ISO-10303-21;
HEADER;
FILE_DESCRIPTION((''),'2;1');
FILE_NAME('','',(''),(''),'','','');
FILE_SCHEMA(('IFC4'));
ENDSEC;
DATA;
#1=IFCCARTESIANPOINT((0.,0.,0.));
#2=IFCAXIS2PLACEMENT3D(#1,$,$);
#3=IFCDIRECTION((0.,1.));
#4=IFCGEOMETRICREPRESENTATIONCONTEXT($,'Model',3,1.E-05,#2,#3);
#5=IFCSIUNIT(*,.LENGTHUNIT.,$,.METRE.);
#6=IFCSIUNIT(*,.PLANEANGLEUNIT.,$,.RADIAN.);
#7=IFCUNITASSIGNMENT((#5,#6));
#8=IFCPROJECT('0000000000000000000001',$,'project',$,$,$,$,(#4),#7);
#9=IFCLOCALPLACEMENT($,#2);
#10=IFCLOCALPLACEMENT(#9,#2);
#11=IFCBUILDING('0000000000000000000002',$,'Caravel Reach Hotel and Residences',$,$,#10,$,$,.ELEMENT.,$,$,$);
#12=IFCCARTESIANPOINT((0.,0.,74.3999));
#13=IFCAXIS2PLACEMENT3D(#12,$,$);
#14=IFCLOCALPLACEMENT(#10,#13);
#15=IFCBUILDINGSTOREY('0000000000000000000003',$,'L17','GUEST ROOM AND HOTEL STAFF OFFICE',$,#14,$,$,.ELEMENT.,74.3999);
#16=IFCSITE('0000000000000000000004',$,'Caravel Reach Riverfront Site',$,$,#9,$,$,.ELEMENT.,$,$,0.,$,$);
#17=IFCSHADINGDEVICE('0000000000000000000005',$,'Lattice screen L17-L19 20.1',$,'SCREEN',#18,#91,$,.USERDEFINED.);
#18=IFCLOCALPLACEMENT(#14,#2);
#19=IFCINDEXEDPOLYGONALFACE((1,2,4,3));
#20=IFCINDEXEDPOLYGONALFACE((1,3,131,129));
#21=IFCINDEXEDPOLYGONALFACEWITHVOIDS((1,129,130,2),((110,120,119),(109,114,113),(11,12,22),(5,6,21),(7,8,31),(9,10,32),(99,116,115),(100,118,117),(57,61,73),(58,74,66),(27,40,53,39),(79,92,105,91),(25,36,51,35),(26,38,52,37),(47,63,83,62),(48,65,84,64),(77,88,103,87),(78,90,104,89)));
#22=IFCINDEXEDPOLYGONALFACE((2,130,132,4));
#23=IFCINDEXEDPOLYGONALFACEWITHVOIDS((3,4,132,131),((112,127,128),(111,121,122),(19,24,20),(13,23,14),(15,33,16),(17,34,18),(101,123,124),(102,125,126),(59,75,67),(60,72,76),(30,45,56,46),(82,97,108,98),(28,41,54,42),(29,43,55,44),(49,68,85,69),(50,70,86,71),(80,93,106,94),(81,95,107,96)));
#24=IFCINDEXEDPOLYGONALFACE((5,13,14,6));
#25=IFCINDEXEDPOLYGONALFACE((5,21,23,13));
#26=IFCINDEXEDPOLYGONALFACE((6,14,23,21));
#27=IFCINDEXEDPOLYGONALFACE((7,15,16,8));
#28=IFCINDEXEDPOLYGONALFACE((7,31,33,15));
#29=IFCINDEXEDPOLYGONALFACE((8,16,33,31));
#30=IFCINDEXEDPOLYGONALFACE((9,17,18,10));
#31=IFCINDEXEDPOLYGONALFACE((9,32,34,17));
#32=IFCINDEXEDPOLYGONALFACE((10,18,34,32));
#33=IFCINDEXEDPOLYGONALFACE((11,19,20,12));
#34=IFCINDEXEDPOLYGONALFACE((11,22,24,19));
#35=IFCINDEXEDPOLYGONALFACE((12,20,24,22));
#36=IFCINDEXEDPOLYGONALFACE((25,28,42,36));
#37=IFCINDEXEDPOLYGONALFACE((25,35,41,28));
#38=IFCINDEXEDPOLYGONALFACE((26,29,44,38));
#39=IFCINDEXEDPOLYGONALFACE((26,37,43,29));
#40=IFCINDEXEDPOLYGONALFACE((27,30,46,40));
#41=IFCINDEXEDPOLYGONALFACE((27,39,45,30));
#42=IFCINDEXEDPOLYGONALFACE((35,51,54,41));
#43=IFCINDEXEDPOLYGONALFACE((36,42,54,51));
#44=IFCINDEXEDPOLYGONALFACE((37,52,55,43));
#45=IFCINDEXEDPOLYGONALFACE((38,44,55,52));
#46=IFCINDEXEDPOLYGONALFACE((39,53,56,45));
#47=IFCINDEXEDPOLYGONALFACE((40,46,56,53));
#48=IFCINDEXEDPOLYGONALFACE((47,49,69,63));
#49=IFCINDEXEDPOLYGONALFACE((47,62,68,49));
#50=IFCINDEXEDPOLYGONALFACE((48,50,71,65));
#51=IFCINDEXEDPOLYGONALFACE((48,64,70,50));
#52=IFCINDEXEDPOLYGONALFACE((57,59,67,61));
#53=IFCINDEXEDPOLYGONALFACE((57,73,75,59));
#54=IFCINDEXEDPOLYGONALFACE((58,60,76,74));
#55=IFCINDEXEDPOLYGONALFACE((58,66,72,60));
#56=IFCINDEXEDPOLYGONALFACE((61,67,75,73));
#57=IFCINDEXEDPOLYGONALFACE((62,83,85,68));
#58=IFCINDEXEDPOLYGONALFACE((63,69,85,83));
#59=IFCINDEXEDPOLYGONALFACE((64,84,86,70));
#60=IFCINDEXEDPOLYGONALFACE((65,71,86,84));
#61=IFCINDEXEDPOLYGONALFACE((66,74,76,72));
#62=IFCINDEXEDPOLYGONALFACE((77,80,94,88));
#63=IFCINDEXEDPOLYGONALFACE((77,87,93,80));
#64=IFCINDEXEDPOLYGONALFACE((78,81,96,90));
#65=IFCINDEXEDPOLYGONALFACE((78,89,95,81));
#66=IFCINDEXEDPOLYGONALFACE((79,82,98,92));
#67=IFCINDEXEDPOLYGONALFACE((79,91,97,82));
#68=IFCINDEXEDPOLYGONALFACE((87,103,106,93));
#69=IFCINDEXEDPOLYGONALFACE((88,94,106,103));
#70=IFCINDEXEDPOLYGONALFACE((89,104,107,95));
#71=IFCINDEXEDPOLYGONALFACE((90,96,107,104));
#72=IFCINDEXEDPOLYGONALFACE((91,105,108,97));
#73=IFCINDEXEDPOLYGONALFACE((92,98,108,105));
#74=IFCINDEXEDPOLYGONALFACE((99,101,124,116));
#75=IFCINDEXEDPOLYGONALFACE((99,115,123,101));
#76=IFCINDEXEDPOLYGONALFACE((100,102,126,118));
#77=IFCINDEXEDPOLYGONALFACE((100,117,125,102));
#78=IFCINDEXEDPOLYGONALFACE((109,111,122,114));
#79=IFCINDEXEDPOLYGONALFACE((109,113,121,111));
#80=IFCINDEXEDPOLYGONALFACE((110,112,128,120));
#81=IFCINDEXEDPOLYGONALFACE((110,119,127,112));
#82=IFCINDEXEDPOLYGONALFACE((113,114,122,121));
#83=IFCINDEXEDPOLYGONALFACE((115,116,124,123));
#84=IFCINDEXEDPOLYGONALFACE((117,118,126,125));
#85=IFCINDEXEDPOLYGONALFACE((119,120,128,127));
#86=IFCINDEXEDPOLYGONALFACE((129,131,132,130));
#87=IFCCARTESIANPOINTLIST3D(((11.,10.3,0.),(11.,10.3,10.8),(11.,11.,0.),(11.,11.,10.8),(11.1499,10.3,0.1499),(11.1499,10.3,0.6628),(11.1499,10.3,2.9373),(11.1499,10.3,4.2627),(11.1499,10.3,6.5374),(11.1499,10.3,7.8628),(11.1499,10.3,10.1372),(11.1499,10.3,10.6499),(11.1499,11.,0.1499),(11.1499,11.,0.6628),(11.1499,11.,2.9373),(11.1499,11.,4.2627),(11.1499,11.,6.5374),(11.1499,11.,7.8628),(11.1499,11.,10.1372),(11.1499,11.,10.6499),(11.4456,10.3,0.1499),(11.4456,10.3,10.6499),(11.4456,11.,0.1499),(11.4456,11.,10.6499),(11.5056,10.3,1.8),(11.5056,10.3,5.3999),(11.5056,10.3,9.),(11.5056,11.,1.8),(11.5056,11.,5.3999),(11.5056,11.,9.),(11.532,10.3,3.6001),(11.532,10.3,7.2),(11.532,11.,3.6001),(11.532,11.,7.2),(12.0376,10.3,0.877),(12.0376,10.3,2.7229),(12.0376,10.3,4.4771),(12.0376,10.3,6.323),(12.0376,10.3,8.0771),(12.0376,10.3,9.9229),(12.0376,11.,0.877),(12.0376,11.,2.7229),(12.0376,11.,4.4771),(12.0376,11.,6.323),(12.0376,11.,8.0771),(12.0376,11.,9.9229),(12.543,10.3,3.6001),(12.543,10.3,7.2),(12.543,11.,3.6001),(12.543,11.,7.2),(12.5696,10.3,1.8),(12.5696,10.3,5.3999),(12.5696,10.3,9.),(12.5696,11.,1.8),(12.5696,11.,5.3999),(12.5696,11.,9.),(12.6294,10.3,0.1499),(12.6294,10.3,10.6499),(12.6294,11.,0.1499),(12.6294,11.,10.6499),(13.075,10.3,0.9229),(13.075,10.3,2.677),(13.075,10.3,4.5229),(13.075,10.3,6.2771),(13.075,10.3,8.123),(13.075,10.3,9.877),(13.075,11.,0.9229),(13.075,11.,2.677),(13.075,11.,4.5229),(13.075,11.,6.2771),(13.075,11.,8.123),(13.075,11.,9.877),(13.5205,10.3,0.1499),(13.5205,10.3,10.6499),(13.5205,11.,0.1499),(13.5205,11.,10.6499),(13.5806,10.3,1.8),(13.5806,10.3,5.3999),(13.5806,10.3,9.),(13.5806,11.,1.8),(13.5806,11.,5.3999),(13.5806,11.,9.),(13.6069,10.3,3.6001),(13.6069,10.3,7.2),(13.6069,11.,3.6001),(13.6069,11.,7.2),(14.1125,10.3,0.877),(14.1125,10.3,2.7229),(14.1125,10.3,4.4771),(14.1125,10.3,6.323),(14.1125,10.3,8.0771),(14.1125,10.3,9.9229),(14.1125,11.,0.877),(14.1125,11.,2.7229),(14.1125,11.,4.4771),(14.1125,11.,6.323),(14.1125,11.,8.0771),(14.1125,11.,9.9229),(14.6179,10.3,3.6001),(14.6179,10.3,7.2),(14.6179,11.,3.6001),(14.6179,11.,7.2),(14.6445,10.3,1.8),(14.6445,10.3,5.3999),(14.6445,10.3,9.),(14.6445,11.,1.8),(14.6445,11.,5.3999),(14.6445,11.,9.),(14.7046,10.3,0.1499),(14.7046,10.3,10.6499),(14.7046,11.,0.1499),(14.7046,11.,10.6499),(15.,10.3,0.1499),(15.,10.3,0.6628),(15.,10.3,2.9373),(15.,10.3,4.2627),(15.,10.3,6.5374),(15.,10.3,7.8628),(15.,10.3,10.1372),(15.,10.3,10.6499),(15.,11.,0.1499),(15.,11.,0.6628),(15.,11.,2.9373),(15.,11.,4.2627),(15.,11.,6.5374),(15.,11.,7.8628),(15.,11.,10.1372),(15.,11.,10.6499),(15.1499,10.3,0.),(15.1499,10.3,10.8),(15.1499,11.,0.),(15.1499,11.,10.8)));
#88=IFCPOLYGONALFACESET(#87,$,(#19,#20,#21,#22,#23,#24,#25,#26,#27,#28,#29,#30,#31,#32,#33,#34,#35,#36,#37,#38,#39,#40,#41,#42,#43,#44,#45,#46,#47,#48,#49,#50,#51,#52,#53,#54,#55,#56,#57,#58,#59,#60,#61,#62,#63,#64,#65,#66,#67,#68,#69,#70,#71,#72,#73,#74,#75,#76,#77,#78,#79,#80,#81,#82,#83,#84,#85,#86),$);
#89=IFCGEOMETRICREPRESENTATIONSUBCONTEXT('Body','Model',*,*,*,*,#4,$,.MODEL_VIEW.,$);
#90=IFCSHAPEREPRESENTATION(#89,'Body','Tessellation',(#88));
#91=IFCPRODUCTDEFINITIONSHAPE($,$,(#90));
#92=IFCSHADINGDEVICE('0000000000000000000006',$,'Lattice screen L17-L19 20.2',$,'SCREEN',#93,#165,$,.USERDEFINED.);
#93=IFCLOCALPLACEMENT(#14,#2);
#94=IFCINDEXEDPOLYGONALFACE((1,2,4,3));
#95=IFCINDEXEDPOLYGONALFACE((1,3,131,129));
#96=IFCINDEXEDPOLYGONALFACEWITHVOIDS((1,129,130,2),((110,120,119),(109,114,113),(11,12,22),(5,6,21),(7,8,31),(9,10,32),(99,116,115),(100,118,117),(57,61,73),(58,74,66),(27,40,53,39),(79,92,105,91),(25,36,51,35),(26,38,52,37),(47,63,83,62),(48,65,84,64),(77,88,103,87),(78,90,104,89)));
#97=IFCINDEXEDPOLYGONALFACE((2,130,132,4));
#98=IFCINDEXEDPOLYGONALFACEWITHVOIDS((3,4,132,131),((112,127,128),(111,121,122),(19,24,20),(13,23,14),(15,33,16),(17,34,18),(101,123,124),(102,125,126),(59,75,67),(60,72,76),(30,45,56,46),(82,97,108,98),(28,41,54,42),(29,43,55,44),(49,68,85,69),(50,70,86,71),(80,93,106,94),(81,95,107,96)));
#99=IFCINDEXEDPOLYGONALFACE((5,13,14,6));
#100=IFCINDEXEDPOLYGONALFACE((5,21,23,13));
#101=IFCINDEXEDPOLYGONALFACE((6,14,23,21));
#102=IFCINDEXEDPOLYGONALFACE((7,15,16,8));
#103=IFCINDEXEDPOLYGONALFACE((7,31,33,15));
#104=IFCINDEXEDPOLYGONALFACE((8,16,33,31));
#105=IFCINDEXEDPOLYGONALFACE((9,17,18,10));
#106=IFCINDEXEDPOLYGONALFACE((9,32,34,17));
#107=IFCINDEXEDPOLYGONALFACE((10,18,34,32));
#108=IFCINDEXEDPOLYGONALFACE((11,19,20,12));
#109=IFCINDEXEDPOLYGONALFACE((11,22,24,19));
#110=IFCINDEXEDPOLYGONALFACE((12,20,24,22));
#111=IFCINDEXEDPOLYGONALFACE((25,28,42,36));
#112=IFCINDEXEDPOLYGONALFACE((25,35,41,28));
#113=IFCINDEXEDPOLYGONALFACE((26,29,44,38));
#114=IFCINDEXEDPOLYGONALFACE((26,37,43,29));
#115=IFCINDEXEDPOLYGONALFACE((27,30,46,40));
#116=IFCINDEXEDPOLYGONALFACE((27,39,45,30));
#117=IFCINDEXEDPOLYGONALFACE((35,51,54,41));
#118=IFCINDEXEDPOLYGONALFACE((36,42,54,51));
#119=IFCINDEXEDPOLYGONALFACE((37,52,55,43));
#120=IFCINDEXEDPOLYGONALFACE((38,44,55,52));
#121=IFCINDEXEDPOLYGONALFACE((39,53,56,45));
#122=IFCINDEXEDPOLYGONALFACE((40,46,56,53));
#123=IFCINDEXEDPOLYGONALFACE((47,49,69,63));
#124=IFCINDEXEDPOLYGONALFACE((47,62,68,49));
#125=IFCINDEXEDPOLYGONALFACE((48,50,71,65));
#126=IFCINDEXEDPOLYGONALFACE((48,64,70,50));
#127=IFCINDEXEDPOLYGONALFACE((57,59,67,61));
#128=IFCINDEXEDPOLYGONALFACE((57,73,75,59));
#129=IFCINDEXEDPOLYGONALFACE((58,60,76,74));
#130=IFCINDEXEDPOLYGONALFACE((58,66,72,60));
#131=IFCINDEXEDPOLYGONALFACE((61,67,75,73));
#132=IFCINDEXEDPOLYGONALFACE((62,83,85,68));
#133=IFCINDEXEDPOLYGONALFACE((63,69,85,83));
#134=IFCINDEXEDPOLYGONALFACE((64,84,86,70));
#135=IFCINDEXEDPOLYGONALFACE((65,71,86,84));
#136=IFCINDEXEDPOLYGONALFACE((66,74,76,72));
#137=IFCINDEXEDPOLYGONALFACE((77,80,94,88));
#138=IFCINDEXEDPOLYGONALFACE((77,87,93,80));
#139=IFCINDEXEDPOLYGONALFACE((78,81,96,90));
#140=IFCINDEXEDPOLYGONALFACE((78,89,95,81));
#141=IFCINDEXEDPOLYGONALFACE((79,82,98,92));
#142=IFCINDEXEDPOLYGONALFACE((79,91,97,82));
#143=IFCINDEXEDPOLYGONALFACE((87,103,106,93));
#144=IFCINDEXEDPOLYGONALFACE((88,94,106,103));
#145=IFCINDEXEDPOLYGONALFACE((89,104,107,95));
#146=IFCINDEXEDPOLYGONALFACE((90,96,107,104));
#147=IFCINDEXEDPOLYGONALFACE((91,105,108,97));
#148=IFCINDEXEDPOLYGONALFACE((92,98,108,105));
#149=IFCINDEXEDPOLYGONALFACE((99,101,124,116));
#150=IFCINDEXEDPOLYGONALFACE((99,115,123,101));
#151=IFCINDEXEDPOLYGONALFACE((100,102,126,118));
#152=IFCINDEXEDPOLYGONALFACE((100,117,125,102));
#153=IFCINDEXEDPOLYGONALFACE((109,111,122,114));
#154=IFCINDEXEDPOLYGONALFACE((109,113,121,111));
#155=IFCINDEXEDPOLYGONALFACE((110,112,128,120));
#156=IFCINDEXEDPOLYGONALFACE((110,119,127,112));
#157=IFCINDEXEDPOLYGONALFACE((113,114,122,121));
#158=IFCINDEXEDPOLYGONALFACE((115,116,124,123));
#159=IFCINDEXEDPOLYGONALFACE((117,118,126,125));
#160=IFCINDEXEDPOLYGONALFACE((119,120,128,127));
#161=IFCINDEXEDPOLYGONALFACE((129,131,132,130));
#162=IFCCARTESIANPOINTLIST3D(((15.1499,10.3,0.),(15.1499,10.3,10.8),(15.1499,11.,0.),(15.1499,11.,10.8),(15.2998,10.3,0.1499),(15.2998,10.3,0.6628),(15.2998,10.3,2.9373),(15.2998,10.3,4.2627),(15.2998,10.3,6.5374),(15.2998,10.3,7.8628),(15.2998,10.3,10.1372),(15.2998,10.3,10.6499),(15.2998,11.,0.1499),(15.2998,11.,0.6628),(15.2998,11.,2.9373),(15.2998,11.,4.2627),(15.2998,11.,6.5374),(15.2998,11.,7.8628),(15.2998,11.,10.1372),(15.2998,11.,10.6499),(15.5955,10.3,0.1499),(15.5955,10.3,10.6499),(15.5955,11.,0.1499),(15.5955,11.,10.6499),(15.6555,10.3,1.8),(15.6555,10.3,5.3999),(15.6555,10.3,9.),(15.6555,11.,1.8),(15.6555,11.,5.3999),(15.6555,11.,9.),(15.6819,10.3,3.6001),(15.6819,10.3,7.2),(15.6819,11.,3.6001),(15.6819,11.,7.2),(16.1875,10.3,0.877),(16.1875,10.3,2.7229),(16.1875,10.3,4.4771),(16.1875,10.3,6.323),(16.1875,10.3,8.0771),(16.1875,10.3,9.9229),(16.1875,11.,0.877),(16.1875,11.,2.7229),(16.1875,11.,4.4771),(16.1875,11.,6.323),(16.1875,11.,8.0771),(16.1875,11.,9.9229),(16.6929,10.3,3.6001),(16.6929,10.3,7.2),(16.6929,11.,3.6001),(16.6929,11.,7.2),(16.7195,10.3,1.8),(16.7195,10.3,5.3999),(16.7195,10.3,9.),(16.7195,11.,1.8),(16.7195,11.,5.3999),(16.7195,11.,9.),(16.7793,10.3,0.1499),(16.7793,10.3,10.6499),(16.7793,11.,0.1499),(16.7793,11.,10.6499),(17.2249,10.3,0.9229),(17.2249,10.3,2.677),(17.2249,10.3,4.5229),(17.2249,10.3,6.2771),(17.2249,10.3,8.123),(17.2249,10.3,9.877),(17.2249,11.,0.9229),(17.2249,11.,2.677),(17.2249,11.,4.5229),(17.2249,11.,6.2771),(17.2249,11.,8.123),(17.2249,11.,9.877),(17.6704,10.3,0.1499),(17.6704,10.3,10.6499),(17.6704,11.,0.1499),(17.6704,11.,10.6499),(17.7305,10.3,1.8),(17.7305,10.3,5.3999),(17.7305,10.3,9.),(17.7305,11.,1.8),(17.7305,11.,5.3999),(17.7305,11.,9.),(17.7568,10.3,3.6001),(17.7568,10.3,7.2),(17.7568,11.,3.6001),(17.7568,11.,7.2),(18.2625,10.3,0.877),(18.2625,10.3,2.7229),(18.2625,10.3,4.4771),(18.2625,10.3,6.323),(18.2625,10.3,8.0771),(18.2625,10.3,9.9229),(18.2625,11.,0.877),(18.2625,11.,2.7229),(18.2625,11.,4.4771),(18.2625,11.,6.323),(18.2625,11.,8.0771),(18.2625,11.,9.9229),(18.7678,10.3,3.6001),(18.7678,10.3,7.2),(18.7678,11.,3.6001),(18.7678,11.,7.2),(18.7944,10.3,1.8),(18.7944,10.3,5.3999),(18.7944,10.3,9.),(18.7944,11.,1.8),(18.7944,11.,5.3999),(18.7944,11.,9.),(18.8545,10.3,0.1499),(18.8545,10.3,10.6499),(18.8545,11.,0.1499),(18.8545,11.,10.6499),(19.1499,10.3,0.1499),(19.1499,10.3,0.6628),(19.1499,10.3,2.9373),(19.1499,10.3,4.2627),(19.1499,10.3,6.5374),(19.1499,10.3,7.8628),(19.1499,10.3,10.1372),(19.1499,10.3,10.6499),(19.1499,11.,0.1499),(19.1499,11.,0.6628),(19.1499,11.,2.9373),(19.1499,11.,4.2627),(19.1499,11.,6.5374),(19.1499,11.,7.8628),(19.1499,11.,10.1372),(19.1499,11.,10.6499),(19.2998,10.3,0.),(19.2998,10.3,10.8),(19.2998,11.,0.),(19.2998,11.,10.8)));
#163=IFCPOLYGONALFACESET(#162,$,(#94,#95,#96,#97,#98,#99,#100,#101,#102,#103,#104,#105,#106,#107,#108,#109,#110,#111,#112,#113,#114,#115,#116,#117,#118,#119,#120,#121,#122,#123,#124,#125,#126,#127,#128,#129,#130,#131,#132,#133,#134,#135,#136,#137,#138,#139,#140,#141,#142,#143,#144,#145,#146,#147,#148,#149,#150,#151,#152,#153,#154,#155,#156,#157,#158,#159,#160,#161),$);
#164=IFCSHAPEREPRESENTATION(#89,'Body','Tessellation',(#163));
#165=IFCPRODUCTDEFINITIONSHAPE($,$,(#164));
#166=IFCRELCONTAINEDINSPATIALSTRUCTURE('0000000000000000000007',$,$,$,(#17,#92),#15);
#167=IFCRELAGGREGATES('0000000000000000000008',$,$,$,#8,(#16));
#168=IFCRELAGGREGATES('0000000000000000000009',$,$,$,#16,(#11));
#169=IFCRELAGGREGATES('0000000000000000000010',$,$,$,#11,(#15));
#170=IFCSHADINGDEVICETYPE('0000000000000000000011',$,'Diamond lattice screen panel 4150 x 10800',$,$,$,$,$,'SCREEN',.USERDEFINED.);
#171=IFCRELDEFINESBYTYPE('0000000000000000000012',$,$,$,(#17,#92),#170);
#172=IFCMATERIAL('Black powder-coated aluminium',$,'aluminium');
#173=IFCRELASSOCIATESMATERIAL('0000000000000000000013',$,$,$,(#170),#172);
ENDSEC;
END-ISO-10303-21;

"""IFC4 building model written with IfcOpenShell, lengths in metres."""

from ifc_helpers import new_model, si_unit, direction, frame, origin, place, context, subcontext, project, spatial, polyline, outline, extrude, material, type_object, element, save


model = new_model("IFC4")

# Units and contexts
model_context = context("Model", 3, precision=1e-05, world=origin(), true_north=direction((0.0, 1.0)))
body_context = subcontext(model_context, "Body", "Model", "MODEL_VIEW")
ifc_project = project(units=[si_unit("LENGTHUNIT", "METRE"), si_unit("PLANEANGLEUNIT", "RADIAN")], contexts=[model_context])

# Site, building, storey
site_placement = place(None, origin())
site = spatial("IfcSite", under=ifc_project, at=site_placement, Name="Caravel Reach Riverfront Site", CompositionType="ELEMENT", RefElevation=0.0)
building_placement = place(site_placement, origin())
building = spatial("IfcBuilding", under=site, at=building_placement, Name="Caravel Reach Hotel and Residences", CompositionType="ELEMENT")
storey_placement = place(building_placement, frame((0.0, 0.0, 74.3999)))
storey = spatial("IfcBuildingStorey", under=building, at=storey_placement, Name="L17", Description="GUEST ROOM AND HOTEL STAFF OFFICE", CompositionType="ELEMENT", Elevation=74.3999)

# Shading devices
ifc_material_1 = material(Name="Black powder-coated aluminium", Category="aluminium")
shading_device_type_1 = type_object("IfcShadingDeviceType", Name="Diamond lattice screen panel 4150 x 10800", ElementType="SCREEN", PredefinedType="USERDEFINED", material=ifc_material_1)
shading_device_1_placement = place(storey_placement, frame((11.0, 11.0, 0.0), z_axis=(0.0, -1.0, 0.0), x_axis=(1.0, 0.0, 0.0)))
element("IfcShadingDevice", 1, at=shading_device_1_placement, inside=storey, type_object=shading_device_type_1, Name="Lattice screen L17-L19 20.1", ObjectType="SCREEN", PredefinedType="USERDEFINED", context=body_context, shape_type="SweptSolid", body=[
    extrude(outline(polyline([(0.0, 0.0), (4.1499, 0.0), (4.1499, 10.8), (0.0, 10.8), (0.0, 0.0)]), holes=[polyline([(0.4456, 0.1499), (0.1499, 0.6628), (0.1499, 0.1499), (0.4456, 0.1499)]), polyline([(0.532, 3.6001), (0.1499, 4.2627), (0.1499, 2.9373), (0.532, 3.6001)]), polyline([(0.532, 7.2), (0.1499, 7.8628), (0.1499, 6.5374), (0.532, 7.2)]), polyline([(0.1499, 10.1372), (0.4456, 10.6499), (0.1499, 10.6499), (0.1499, 10.1372)]), polyline([(1.0376, 2.7229), (0.5056, 1.8), (1.0376, 0.877), (1.5696, 1.8), (1.0376, 2.7229)]), polyline([(1.0376, 6.323), (0.5056, 5.3999), (1.0376, 4.4771), (1.5696, 5.3999), (1.0376, 6.323)]), polyline([(1.0376, 9.9229), (0.5056, 9.0), (1.0376, 8.0771), (1.5696, 9.0), (1.0376, 9.9229)]), polyline([(2.075, 0.9229), (1.6294, 0.1499), (2.5205, 0.1499), (2.075, 0.9229)]), polyline([(2.075, 4.5229), (1.543, 3.6001), (2.075, 2.677), (2.6069, 3.6001), (2.075, 4.5229)]), polyline([(2.075, 8.123), (1.543, 7.2), (2.075, 6.2771), (2.6069, 7.2), (2.075, 8.123)]), polyline([(2.075, 9.877), (2.5205, 10.6499), (1.6294, 10.6499), (2.075, 9.877)]), polyline([(3.1125, 2.7229), (2.5806, 1.8), (3.1125, 0.877), (3.6445, 1.8), (3.1125, 2.7229)]), polyline([(3.1125, 6.323), (2.5806, 5.3999), (3.1125, 4.4771), (3.6445, 5.3999), (3.1125, 6.323)]), polyline([(3.1125, 9.9229), (2.5806, 9.0), (3.1125, 8.0771), (3.6445, 9.0), (3.1125, 9.9229)]), polyline([(4.0, 0.6628), (3.7046, 0.1499), (4.0, 0.1499), (4.0, 0.6628)]), polyline([(3.6179, 3.6001), (4.0, 2.9373), (4.0, 4.2627), (3.6179, 3.6001)]), polyline([(3.6179, 7.2), (4.0, 6.5374), (4.0, 7.8628), (3.6179, 7.2)]), polyline([(3.7046, 10.6499), (4.0, 10.1372), (4.0, 10.6499), (3.7046, 10.6499)])]), origin(), (0.0, 0.0, 1.0), 0.7),
])
shading_device_2_placement = place(storey_placement, frame((15.1499, 11.0, 0.0), z_axis=(0.0, -1.0, 0.0), x_axis=(1.0, 0.0, 0.0)))
element("IfcShadingDevice", 2, at=shading_device_2_placement, inside=storey, type_object=shading_device_type_1, Name="Lattice screen L17-L19 20.2", ObjectType="SCREEN", PredefinedType="USERDEFINED", context=body_context, shape_type="SweptSolid", body=[
    extrude(outline(polyline([(0.0, 0.0), (4.1499, 0.0), (4.1499, 10.8), (0.0, 10.8), (0.0, 0.0)]), holes=[polyline([(0.4456, 0.1499), (0.1499, 0.6628), (0.1499, 0.1499), (0.4456, 0.1499)]), polyline([(0.532, 3.6001), (0.1499, 4.2627), (0.1499, 2.9373), (0.532, 3.6001)]), polyline([(0.532, 7.2), (0.1499, 7.8628), (0.1499, 6.5374), (0.532, 7.2)]), polyline([(0.1499, 10.1372), (0.4456, 10.6499), (0.1499, 10.6499), (0.1499, 10.1372)]), polyline([(1.0376, 2.7229), (0.5056, 1.8), (1.0376, 0.877), (1.5696, 1.8), (1.0376, 2.7229)]), polyline([(1.0376, 6.323), (0.5056, 5.3999), (1.0376, 4.4771), (1.5696, 5.3999), (1.0376, 6.323)]), polyline([(1.0376, 9.9229), (0.5056, 9.0), (1.0376, 8.0771), (1.5696, 9.0), (1.0376, 9.9229)]), polyline([(2.075, 0.9229), (1.6294, 0.1499), (2.5205, 0.1499), (2.075, 0.9229)]), polyline([(2.075, 4.5229), (1.543, 3.6001), (2.075, 2.677), (2.6069, 3.6001), (2.075, 4.5229)]), polyline([(2.075, 8.123), (1.543, 7.2), (2.075, 6.2771), (2.6069, 7.2), (2.075, 8.123)]), polyline([(2.075, 9.877), (2.5205, 10.6499), (1.6294, 10.6499), (2.075, 9.877)]), polyline([(3.1125, 2.7229), (2.5806, 1.8), (3.1125, 0.877), (3.6445, 1.8), (3.1125, 2.7229)]), polyline([(3.1125, 6.323), (2.5806, 5.3999), (3.1125, 4.4771), (3.6445, 5.3999), (3.1125, 6.323)]), polyline([(3.1125, 9.9229), (2.5806, 9.0), (3.1125, 8.0771), (3.6445, 9.0), (3.1125, 9.9229)]), polyline([(4.0, 0.6628), (3.7046, 0.1499), (4.0, 0.1499), (4.0, 0.6628)]), polyline([(3.6179, 3.6001), (4.0, 2.9373), (4.0, 4.2627), (3.6179, 3.6001)]), polyline([(3.6179, 7.2), (4.0, 6.5374), (4.0, 7.8628), (3.6179, 7.2)]), polyline([(3.7046, 10.6499), (4.0, 10.1372), (4.0, 10.6499), (3.7046, 10.6499)])]), origin(), (0.0, 0.0, 1.0), 0.7),
])

save(model, "model.ifc")
